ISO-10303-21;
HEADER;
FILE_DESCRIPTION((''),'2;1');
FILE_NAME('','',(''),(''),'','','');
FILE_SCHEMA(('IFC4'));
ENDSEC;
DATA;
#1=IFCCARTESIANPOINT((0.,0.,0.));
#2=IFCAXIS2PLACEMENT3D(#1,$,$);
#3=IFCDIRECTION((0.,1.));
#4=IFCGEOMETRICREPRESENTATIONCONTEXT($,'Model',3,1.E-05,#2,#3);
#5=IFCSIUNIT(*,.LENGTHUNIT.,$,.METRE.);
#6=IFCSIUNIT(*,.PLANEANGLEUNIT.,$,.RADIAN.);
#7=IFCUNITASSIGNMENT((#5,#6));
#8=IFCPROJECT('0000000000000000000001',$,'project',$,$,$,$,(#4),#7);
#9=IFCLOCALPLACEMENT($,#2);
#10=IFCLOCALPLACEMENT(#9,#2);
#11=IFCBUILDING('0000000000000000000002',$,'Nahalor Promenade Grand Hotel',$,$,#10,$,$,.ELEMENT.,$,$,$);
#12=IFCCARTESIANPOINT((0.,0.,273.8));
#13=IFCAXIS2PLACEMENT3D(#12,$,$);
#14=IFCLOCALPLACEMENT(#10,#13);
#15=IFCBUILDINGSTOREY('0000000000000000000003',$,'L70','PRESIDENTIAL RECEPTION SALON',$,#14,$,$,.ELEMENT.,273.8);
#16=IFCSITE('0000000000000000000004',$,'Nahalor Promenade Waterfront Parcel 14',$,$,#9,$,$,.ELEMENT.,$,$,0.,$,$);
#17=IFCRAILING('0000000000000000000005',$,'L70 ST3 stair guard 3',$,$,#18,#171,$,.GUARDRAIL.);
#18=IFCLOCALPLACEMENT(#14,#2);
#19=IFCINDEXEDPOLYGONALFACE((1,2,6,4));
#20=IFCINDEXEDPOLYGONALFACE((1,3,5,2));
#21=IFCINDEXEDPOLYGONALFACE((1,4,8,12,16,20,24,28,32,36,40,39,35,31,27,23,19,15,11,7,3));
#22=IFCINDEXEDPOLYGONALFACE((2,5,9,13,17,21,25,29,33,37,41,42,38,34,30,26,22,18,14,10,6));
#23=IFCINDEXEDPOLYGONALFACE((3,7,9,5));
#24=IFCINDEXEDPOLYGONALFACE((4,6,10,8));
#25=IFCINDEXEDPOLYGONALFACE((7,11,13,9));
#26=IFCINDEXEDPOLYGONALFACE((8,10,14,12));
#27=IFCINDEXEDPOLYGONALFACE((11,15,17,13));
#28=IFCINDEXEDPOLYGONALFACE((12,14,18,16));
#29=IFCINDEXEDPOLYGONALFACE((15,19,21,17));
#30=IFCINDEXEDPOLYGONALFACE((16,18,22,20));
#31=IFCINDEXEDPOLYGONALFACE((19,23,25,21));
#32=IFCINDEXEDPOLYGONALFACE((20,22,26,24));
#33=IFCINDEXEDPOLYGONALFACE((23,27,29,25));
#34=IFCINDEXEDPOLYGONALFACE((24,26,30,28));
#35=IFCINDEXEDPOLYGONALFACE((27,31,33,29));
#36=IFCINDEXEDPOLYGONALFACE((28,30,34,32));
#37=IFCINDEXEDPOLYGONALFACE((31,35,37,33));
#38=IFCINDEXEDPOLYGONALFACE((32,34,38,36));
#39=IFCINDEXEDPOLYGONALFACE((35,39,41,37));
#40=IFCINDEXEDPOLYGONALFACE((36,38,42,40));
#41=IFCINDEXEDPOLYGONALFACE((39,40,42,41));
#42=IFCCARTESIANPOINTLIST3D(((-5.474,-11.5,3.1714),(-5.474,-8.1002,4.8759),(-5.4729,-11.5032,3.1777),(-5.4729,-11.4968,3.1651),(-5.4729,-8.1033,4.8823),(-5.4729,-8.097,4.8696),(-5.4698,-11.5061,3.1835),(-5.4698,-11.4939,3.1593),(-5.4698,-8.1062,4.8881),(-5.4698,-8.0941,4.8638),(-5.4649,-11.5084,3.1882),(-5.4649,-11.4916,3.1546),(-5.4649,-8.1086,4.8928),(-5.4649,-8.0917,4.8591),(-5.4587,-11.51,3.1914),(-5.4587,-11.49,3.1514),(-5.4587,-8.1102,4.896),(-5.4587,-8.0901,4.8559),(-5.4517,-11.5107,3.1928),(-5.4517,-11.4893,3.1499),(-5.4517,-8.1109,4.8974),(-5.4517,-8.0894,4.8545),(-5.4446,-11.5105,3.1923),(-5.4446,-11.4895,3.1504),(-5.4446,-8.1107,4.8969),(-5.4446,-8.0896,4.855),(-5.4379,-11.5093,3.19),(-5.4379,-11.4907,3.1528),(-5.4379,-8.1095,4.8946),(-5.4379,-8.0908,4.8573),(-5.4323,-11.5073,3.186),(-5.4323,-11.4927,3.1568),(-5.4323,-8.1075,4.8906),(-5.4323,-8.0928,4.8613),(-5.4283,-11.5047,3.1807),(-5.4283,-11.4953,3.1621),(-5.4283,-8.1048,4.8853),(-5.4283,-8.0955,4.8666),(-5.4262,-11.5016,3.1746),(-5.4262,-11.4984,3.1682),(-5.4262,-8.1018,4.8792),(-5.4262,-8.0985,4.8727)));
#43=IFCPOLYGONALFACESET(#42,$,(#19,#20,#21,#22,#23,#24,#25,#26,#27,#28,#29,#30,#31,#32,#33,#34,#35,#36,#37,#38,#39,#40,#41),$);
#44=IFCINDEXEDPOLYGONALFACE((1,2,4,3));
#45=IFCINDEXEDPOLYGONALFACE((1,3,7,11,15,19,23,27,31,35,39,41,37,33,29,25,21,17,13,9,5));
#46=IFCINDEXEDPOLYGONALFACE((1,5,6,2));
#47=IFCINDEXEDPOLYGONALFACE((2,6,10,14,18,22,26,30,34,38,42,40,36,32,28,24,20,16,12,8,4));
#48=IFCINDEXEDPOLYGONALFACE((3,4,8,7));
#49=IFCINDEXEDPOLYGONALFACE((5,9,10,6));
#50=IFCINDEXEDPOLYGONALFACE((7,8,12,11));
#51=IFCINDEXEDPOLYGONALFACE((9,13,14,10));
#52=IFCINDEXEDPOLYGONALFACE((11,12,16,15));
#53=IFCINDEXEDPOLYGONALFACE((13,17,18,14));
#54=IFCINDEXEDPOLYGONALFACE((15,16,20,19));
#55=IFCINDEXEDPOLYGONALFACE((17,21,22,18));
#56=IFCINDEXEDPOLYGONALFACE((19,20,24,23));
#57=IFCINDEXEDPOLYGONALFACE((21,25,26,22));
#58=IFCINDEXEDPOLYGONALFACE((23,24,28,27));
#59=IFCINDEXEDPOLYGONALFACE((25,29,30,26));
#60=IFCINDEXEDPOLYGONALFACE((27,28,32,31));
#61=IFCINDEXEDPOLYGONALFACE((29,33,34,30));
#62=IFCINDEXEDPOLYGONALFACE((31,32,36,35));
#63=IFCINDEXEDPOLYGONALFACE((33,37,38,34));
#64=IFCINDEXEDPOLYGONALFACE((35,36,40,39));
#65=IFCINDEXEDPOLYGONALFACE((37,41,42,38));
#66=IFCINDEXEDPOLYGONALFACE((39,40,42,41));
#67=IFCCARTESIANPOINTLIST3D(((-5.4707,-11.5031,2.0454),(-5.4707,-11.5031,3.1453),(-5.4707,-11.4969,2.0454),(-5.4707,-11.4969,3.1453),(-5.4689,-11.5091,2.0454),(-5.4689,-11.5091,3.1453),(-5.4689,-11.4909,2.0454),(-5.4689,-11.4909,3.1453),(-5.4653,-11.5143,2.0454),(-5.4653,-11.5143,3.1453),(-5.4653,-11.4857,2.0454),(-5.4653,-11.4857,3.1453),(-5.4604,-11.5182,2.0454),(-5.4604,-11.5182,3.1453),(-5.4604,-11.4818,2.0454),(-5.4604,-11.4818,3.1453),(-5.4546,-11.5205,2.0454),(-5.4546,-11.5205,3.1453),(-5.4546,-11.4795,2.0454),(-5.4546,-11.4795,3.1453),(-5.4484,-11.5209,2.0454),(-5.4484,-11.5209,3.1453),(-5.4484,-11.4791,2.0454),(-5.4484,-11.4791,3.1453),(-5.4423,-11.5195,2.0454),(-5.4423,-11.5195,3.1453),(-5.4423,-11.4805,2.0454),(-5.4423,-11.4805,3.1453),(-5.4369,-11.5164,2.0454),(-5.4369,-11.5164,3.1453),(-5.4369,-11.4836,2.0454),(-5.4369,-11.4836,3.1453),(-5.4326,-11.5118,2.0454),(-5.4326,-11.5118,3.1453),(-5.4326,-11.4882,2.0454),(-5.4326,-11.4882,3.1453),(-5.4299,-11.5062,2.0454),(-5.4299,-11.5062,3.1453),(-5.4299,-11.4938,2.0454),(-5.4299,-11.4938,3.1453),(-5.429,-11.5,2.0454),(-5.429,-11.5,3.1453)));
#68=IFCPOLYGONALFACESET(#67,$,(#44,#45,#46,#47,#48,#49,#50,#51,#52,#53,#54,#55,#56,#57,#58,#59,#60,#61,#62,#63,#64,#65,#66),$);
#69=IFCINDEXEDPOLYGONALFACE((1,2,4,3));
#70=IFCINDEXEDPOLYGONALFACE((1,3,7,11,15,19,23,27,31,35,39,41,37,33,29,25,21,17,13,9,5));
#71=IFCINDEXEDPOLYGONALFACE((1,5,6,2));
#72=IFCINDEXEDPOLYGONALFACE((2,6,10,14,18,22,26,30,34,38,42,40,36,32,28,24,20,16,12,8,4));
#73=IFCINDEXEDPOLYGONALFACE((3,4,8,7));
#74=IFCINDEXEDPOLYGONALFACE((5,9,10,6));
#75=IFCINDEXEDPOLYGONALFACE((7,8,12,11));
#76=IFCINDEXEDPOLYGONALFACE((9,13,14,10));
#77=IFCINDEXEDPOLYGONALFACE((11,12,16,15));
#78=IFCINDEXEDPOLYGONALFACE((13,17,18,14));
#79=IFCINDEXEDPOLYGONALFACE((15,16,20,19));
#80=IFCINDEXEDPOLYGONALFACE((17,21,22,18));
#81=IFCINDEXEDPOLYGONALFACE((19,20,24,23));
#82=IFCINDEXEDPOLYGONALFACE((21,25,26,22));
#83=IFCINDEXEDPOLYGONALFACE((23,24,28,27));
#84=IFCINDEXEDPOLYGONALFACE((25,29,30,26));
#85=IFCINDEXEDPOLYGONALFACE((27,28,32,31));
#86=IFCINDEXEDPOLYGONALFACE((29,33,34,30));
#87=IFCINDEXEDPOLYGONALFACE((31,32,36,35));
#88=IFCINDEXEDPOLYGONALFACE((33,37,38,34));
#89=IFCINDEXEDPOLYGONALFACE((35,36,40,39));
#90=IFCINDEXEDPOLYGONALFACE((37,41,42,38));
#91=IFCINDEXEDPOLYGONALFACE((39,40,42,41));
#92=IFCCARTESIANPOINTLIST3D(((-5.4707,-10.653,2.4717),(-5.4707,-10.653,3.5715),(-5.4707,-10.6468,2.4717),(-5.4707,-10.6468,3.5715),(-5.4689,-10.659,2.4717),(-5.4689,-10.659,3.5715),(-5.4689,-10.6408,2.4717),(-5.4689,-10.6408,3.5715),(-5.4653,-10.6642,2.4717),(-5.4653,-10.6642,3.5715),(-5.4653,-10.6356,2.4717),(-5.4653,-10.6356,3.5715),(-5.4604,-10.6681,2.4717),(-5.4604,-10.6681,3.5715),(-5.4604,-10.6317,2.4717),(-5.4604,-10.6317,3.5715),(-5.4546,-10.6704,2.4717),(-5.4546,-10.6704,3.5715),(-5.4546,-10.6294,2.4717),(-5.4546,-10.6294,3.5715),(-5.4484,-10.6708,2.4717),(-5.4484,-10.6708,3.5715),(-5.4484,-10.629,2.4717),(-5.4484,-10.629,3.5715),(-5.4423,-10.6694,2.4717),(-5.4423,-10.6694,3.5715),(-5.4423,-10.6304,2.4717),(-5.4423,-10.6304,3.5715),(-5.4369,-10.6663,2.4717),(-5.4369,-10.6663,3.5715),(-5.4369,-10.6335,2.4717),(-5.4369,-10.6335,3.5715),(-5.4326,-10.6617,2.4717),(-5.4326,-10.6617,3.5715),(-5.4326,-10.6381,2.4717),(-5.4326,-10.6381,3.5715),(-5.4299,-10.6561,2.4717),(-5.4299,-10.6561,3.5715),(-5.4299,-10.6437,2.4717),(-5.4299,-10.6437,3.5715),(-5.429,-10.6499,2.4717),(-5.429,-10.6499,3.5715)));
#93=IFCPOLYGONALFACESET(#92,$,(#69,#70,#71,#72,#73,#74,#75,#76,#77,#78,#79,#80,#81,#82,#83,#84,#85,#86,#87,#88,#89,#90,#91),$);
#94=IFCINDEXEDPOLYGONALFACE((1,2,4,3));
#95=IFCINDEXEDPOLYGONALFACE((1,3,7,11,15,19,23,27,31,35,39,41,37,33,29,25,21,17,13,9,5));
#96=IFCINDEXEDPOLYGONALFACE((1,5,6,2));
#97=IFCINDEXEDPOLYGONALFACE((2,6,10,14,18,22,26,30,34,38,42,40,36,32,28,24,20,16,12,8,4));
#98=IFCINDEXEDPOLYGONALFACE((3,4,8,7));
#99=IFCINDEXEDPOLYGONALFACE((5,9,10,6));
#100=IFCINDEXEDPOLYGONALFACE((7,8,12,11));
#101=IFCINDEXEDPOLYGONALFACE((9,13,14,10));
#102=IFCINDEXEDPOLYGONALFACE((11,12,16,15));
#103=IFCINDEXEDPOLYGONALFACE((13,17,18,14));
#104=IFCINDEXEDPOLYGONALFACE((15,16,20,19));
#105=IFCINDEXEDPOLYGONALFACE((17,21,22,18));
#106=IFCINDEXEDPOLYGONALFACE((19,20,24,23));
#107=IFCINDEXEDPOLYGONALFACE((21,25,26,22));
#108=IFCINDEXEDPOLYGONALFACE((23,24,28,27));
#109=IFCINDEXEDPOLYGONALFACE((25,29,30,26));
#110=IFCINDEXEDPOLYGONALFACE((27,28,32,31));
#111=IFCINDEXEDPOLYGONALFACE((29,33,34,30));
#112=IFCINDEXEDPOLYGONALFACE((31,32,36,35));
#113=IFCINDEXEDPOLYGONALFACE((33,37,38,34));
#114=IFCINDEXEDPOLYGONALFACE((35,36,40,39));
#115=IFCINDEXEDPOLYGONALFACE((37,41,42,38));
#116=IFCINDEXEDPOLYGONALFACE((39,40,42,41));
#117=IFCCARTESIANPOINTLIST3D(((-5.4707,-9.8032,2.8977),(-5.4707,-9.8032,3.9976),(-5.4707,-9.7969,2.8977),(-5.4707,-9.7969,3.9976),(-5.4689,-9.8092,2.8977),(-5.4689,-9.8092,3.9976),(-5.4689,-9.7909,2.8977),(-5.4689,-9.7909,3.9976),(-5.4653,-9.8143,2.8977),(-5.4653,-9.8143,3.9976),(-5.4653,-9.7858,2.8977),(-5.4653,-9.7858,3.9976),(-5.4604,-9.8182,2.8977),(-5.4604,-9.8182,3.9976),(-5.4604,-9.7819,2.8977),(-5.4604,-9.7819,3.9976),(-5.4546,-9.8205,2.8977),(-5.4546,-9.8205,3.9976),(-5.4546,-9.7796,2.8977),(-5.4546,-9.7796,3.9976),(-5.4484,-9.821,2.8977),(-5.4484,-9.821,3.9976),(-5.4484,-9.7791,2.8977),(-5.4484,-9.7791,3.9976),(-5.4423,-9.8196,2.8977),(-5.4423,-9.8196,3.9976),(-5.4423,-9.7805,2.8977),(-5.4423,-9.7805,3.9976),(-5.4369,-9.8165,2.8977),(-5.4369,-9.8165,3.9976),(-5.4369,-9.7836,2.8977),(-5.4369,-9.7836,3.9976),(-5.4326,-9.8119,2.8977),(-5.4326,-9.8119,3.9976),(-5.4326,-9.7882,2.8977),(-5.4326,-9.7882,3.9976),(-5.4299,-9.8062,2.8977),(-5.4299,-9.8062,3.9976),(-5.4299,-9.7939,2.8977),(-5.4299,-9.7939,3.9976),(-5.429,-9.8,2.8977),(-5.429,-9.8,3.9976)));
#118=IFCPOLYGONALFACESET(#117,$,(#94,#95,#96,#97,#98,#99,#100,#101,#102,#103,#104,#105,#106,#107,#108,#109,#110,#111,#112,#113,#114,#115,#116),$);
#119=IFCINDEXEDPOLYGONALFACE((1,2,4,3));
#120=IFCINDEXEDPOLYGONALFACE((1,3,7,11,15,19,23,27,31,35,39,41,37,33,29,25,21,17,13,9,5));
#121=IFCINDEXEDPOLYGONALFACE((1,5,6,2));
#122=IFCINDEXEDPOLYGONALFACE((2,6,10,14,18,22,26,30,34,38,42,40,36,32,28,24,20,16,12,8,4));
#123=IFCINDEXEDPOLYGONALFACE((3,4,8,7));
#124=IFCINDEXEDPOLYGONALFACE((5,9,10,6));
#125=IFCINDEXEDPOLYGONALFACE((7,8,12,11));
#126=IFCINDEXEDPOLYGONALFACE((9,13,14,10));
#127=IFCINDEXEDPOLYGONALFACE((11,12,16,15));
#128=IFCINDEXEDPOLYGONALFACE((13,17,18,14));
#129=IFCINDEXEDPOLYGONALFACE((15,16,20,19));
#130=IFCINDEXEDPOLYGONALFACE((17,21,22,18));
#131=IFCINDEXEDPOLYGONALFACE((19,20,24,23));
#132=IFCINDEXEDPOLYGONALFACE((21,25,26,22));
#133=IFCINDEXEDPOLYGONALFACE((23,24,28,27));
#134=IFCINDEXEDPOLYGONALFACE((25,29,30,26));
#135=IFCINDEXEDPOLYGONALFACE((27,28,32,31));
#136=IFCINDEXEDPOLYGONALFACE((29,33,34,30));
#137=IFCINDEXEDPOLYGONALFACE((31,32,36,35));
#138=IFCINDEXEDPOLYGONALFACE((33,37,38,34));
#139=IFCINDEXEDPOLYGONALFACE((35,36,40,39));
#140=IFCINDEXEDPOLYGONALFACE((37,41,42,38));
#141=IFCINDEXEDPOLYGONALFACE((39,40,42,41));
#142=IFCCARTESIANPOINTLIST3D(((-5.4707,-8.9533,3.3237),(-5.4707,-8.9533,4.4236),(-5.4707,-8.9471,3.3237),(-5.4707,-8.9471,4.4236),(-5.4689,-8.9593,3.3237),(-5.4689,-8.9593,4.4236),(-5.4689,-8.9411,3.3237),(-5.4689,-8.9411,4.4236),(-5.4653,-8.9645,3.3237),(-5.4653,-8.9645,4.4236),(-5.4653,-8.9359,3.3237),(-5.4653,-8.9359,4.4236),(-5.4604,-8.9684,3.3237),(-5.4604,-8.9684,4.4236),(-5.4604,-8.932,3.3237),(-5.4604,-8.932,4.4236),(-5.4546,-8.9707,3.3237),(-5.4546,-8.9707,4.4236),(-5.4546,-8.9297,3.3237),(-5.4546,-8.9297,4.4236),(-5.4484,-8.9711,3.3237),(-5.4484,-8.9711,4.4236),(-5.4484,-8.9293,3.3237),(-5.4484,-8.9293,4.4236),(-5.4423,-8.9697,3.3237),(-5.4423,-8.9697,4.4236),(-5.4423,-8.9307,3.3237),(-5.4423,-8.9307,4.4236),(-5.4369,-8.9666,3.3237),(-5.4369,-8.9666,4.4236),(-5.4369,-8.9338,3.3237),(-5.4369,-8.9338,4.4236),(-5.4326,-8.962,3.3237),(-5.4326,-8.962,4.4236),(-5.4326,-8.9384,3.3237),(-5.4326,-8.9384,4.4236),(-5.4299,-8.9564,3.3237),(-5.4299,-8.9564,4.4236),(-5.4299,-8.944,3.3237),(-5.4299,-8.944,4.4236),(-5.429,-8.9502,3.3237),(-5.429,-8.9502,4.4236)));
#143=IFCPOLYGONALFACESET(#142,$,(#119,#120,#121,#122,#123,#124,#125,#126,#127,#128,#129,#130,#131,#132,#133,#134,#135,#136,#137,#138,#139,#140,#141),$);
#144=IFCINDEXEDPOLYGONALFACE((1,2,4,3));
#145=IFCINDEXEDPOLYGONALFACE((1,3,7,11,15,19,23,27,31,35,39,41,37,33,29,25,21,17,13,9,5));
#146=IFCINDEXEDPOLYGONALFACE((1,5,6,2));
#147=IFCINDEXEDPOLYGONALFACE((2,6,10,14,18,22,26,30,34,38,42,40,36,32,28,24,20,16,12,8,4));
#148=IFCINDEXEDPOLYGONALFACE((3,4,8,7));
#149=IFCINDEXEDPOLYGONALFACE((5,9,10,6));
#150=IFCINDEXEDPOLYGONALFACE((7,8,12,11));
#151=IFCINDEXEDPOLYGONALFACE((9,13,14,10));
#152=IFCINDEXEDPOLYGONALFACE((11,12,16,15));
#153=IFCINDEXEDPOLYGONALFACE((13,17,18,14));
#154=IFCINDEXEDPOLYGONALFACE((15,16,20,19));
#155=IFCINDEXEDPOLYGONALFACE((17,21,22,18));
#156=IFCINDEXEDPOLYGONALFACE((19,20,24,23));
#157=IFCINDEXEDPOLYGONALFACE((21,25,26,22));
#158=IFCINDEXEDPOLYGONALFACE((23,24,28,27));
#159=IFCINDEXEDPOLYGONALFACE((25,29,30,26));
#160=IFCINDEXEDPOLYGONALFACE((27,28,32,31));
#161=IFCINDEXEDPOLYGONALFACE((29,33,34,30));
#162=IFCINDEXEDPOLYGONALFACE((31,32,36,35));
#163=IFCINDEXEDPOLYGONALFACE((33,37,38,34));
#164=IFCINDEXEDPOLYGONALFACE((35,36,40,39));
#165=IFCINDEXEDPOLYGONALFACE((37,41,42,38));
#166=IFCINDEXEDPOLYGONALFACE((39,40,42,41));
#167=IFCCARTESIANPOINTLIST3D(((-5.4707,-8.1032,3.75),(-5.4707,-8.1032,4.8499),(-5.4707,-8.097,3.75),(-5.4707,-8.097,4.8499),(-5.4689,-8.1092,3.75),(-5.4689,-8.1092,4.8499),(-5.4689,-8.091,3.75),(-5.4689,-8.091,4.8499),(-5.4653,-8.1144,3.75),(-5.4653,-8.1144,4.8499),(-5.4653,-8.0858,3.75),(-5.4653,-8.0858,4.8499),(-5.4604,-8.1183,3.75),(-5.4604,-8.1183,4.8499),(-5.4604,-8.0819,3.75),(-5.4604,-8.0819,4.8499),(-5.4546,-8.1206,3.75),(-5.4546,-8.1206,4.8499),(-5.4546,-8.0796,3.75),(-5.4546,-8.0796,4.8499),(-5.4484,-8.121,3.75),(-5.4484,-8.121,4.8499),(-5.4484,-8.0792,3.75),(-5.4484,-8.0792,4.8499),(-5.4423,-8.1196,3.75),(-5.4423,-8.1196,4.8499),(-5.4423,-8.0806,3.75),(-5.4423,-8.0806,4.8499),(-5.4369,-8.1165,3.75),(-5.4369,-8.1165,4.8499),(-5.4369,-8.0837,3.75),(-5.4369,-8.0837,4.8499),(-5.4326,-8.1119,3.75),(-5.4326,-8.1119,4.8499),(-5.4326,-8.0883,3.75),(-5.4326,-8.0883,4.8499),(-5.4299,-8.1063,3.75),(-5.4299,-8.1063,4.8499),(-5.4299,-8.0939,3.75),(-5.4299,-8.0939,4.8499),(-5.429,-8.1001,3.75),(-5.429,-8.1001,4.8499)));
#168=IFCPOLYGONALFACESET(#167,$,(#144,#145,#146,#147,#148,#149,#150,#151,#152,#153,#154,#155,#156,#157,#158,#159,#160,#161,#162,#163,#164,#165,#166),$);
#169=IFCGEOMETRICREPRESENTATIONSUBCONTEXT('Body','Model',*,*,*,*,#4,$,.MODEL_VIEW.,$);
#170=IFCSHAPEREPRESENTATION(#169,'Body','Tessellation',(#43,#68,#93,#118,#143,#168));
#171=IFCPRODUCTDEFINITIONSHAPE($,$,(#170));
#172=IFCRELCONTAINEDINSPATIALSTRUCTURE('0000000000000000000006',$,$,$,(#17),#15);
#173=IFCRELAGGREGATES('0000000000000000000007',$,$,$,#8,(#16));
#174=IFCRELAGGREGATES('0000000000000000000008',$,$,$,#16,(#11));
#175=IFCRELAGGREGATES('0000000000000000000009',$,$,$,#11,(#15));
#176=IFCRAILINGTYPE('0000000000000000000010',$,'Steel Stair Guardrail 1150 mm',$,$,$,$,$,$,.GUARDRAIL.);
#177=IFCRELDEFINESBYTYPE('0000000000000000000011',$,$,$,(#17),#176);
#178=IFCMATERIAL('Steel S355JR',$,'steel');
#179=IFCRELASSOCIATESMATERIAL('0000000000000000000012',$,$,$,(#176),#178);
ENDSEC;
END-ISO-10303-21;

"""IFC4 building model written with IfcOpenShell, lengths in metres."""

from ifc_helpers import new_model, si_unit, direction, frame, origin, origin_2d, place, context, subcontext, project, spatial, circle, extrude, material, type_object, element, save


model = new_model("IFC4")

# Units and contexts
model_context = context("Model", 3, precision=1e-05, world=origin(), true_north=direction((0.0, 1.0)))
body_context = subcontext(model_context, "Body", "Model", "MODEL_VIEW")
ifc_project = project(units=[si_unit("LENGTHUNIT", "METRE"), si_unit("PLANEANGLEUNIT", "RADIAN")], contexts=[model_context])

# Site, building, storey
site_placement = place(None, origin())
site = spatial("IfcSite", under=ifc_project, at=site_placement, Name="Nahalor Promenade Waterfront Parcel 14", CompositionType="ELEMENT", RefElevation=0.0)
building_placement = place(site_placement, origin())
building = spatial("IfcBuilding", under=site, at=building_placement, Name="Nahalor Promenade Grand Hotel", CompositionType="ELEMENT")
storey_placement = place(building_placement, frame((0.0, 0.0, 273.8)))
storey = spatial("IfcBuildingStorey", under=building, at=storey_placement, Name="L70", Description="PRESIDENTIAL RECEPTION SALON", CompositionType="ELEMENT", Elevation=273.8)

# Shared definitions
ifc_material_1 = material(Name="Steel S355JR", Category="steel")

# Railing
railing_type_1 = type_object("IfcRailingType", Name="Steel Stair Guardrail 1150 mm", PredefinedType="GUARDRAIL", material=ifc_material_1)
railing_1_placement = place(storey_placement, frame((-5.45, -11.5, 2.0454)))
element("IfcRailing", 1, at=railing_1_placement, inside=storey, type_object=railing_type_1, Name="L70 ST3 stair guard 3", PredefinedType="GUARDRAIL", context=body_context, shape_type="SweptSolid", body=[
    extrude(circle(Radius=0.024, at=origin_2d()), frame((0.0, 0.0, 1.126), z_axis=(0.0, 0.893939, 0.448189), x_axis=(-1.0, 0.0, 0.0)), (0.0, 0.0, 1.0), 3.8032),
    extrude(circle(Radius=0.021, at=origin_2d()), origin(), (0.0, 0.0, 1.0), 1.0999),
    extrude(circle(Radius=0.021, at=origin_2d()), frame((0.0, 0.8501, 0.4263)), (0.0, 0.0, 1.0), 1.0999),
    extrude(circle(Radius=0.021, at=origin_2d()), frame((0.0, 1.7, 0.8523)), (0.0, 0.0, 1.0), 1.0999),
    extrude(circle(Radius=0.021, at=origin_2d()), frame((0.0, 2.5498, 1.2783)), (0.0, 0.0, 1.0), 1.0999),
    extrude(circle(Radius=0.021, at=origin_2d()), frame((0.0, 3.3999, 1.7046)), (0.0, 0.0, 1.0), 1.0999),
])

save(model, "model.ifc")
